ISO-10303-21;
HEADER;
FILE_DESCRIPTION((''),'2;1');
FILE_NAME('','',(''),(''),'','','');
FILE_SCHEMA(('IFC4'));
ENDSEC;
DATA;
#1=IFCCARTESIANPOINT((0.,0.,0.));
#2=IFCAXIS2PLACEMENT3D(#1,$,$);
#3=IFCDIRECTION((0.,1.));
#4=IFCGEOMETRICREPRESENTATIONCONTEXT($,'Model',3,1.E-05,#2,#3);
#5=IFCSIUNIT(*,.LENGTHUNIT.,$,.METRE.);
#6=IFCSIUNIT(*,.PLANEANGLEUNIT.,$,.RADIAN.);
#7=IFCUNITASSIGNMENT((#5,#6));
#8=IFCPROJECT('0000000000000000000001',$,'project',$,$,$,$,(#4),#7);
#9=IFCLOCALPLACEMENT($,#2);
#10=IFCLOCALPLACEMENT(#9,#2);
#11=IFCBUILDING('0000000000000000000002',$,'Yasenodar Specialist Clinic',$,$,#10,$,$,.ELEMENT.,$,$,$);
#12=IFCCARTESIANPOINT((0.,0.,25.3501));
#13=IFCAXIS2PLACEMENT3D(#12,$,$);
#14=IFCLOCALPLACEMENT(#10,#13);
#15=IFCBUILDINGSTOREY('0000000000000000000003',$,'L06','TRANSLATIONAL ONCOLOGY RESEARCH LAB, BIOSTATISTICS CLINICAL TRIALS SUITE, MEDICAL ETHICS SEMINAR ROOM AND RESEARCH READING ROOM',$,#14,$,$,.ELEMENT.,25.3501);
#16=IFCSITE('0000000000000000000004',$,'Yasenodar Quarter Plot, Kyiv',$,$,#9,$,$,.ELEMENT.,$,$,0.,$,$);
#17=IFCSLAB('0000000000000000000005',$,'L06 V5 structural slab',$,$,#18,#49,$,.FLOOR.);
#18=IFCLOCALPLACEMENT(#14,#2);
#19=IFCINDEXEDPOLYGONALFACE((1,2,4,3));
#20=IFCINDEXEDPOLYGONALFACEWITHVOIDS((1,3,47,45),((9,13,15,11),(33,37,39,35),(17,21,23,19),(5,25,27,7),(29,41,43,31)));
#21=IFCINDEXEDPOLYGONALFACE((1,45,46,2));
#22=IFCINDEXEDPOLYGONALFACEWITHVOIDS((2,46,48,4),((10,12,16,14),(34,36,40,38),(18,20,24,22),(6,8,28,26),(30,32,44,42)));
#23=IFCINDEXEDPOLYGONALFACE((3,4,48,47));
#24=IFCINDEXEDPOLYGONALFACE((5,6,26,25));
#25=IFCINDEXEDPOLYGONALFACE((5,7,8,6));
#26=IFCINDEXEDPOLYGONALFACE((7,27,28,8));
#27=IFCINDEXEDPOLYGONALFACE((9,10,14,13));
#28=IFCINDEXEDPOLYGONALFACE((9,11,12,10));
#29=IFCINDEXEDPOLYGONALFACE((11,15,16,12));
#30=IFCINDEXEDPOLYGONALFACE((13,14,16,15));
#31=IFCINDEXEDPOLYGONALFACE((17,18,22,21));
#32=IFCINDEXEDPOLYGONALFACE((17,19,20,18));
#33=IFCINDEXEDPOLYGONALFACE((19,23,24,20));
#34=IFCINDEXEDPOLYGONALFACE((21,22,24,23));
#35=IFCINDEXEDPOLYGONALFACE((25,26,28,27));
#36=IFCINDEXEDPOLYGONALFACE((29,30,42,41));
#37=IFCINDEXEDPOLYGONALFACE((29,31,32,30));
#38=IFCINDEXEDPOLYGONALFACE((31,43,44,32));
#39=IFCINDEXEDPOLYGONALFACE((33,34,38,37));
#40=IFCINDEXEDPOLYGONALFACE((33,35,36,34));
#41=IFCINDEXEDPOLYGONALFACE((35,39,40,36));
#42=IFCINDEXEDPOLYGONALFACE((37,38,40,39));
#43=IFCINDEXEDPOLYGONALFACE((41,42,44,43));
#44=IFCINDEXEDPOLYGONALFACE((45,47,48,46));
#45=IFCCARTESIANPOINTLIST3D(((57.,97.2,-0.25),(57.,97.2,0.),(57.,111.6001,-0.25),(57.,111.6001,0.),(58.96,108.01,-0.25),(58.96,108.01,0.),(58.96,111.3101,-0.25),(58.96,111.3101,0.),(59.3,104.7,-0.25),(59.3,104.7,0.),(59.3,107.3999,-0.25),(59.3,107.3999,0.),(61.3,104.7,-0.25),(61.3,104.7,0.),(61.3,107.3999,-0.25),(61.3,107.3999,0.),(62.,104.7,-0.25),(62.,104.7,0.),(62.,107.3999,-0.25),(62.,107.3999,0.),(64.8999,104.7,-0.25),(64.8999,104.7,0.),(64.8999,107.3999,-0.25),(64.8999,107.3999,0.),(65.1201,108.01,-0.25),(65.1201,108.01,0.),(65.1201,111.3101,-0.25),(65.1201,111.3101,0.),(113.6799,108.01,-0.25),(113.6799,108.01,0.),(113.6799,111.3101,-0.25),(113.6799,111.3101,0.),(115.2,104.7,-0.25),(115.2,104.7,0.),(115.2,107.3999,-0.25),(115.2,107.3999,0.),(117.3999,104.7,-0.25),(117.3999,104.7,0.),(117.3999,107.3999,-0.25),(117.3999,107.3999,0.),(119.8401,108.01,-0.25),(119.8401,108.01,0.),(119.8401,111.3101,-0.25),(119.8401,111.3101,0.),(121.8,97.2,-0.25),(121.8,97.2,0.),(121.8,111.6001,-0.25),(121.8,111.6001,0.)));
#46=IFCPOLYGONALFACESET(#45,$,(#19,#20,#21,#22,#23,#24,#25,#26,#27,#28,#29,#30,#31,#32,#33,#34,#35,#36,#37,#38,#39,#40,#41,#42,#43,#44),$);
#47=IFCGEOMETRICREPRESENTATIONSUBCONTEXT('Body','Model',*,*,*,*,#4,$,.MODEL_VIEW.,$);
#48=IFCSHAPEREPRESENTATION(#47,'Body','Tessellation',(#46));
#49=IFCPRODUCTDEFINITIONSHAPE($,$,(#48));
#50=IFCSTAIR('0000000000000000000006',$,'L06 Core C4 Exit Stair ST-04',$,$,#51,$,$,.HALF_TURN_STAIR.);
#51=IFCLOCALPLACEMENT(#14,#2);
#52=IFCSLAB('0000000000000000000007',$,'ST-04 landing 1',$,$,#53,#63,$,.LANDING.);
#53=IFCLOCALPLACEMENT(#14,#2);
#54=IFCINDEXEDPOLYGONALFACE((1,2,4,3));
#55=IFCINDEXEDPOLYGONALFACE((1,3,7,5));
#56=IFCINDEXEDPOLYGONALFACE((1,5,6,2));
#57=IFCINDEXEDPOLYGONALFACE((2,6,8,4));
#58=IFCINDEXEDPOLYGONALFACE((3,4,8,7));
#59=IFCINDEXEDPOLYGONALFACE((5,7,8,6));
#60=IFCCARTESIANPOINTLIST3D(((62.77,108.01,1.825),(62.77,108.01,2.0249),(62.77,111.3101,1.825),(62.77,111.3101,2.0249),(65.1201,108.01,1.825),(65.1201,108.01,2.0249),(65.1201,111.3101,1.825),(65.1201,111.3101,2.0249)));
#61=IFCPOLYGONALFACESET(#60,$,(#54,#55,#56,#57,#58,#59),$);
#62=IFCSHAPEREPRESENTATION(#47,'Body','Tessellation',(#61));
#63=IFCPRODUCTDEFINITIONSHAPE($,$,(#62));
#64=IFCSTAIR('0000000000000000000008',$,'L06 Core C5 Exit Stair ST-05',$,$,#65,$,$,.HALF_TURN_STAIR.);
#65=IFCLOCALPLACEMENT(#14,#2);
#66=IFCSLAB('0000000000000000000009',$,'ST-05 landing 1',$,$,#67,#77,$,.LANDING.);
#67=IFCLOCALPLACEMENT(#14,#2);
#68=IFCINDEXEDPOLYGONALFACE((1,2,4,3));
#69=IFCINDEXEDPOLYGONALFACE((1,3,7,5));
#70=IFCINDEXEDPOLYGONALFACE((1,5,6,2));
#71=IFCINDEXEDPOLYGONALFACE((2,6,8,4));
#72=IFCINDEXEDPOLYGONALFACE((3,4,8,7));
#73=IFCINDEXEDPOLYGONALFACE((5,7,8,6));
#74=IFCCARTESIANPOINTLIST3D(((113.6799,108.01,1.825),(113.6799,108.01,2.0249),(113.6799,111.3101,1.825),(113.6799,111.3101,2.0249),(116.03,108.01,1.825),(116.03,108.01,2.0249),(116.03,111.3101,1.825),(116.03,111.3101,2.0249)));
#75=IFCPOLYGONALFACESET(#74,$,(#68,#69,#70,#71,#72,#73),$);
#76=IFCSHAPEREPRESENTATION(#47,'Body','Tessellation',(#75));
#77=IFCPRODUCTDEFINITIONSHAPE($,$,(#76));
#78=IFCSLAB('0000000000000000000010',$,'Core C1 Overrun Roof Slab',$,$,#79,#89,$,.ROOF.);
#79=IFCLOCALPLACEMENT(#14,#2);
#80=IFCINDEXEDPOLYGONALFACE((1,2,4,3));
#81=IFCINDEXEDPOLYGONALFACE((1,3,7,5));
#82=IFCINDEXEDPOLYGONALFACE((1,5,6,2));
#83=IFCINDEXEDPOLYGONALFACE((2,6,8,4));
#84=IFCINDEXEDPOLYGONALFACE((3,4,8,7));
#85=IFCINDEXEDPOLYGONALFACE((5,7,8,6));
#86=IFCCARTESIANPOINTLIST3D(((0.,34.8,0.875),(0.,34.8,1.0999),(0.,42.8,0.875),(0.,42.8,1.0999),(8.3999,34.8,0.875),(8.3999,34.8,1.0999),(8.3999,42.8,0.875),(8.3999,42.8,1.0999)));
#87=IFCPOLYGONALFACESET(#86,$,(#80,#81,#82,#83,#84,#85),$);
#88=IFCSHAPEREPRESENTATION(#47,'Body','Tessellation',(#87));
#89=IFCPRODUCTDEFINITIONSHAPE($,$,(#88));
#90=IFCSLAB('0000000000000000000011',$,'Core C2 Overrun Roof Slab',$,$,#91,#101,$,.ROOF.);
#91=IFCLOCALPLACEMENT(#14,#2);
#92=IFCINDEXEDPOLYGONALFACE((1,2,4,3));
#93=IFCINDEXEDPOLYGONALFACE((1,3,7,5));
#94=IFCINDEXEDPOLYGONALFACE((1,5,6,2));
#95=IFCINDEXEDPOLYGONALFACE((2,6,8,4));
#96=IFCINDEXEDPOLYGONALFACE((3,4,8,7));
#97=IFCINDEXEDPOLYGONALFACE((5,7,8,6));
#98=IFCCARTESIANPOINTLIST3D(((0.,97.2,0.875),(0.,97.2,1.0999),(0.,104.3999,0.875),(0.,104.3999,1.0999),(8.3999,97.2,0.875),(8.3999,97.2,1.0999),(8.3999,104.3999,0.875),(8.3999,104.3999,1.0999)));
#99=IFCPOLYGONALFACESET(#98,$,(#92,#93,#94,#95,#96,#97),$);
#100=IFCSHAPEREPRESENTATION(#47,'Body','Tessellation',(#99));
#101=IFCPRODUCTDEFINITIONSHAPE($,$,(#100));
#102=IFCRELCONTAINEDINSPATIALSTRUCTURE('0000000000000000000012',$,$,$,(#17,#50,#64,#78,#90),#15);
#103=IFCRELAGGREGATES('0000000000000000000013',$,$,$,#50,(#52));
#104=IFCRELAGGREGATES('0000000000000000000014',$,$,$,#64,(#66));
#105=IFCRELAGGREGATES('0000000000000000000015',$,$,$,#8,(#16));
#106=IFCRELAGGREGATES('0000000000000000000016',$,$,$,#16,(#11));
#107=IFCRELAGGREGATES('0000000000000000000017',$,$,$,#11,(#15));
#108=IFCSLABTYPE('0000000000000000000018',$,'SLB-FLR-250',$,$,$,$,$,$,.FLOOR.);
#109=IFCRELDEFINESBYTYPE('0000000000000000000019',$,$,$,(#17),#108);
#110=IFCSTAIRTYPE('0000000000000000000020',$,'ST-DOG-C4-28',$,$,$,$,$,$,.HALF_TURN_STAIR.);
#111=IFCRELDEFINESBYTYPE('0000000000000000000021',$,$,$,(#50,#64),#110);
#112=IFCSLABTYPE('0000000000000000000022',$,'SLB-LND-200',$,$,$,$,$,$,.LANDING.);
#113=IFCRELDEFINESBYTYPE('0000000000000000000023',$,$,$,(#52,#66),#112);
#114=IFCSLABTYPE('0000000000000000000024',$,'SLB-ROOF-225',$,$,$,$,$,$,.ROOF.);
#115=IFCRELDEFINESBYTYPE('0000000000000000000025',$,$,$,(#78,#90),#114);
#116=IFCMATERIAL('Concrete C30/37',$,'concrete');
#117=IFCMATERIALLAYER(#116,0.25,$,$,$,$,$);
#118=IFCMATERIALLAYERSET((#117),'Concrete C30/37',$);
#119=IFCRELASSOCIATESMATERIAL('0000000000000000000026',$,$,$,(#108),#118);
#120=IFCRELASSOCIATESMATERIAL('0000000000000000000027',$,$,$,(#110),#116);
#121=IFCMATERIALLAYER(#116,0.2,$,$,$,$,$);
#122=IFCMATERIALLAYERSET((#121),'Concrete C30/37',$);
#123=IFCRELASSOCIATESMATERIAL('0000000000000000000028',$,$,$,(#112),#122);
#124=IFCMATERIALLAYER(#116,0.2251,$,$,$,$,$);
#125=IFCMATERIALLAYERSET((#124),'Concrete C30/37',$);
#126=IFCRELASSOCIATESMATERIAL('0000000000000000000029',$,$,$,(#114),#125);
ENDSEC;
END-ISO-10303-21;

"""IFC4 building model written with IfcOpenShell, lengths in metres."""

from ifc_helpers import new_model, si_unit, direction, frame, origin, place, context, subcontext, project, spatial, polyline, outline, extrude, material, layer, layer_set, type_object, element, aggregate, save


model = new_model("IFC4")

# Units and contexts
model_context = context("Model", 3, precision=1e-05, world=origin(), true_north=direction((0.0, 1.0)))
body_context = subcontext(model_context, "Body", "Model", "MODEL_VIEW")
ifc_project = project(units=[si_unit("LENGTHUNIT", "METRE"), si_unit("PLANEANGLEUNIT", "RADIAN")], contexts=[model_context])

# Site, building, storey
site_placement = place(None, origin())
site = spatial("IfcSite", under=ifc_project, at=site_placement, Name="Yasenodar Quarter Plot, Kyiv", CompositionType="ELEMENT", RefElevation=0.0)
building_placement = place(site_placement, origin())
building = spatial("IfcBuilding", under=site, at=building_placement, Name="Yasenodar Specialist Clinic", CompositionType="ELEMENT")
storey_placement = place(building_placement, frame((0.0, 0.0, 25.3501)))
storey = spatial("IfcBuildingStorey", under=building, at=storey_placement, Name="L06", Description="TRANSLATIONAL ONCOLOGY RESEARCH LAB, BIOSTATISTICS CLINICAL TRIALS SUITE, MEDICAL ETHICS SEMINAR ROOM AND RESEARCH READING ROOM", CompositionType="ELEMENT", Elevation=25.3501)

# Slab
ifc_material_1 = material(Name="Concrete C30/37", Category="concrete")
ifc_layer_1 = layer(ifc_material_1, 0.25)
ifc_layer_set_1 = layer_set([ifc_layer_1], Name="Concrete C30/37")
slab_type_1 = type_object("IfcSlabType", Name="SLB-FLR-250", PredefinedType="FLOOR", material=ifc_layer_set_1)
slab_1_placement = place(storey_placement, frame((0.0, 0.0, -0.25)))
element("IfcSlab", 1, at=slab_1_placement, inside=storey, type_object=slab_type_1, Name="L06 V5 structural slab", PredefinedType="FLOOR", context=body_context, shape_type="SweptSolid", body=[
    extrude(outline(polyline([(57.0, 97.2), (121.8, 97.2), (121.8, 111.6001), (57.0, 111.6001), (57.0, 97.2)]), holes=[polyline([(58.96, 108.01), (65.1201, 108.01), (65.1201, 111.3101), (58.96, 111.3101), (58.96, 108.01)]), polyline([(113.6799, 108.01), (119.8401, 108.01), (119.8401, 111.3101), (113.6799, 111.3101), (113.6799, 108.01)]), polyline([(59.3, 104.7), (61.3, 104.7), (61.3, 107.3999), (59.3, 107.3999), (59.3, 104.7)]), polyline([(62.0, 104.7), (64.8999, 104.7), (64.8999, 107.3999), (62.0, 107.3999), (62.0, 104.7)]), polyline([(115.2, 104.7), (117.3999, 104.7), (117.3999, 107.3999), (115.2, 107.3999), (115.2, 104.7)])]), origin(), (0.0, 0.0, 1.0), 0.25),
])

# Stairs, slabs
stair_type = type_object("IfcStairType", Name="ST-DOG-C4-28", PredefinedType="HALF_TURN_STAIR", material=ifc_material_1)
stair_1_placement = place(storey_placement, origin())
stair_1 = element("IfcStair", 2, at=stair_1_placement, inside=storey, type_object=stair_type, Name="L06 Core C4 Exit Stair ST-04", PredefinedType="HALF_TURN_STAIR")
ifc_layer_2 = layer(ifc_material_1, 0.2)
ifc_layer_set_2 = layer_set([ifc_layer_2], Name="Concrete C30/37")
slab_type_2 = type_object("IfcSlabType", Name="SLB-LND-200", PredefinedType="LANDING", material=ifc_layer_set_2)
slab_2_placement = place(storey_placement, frame((0.0, 0.0, 1.825)))
slab_2 = element("IfcSlab", 3, at=slab_2_placement, type_object=slab_type_2, Name="ST-04 landing 1", PredefinedType="LANDING", context=body_context, shape_type="SweptSolid", body=[
    extrude(outline(polyline([(62.77, 108.01), (65.1201, 108.01), (65.1201, 111.3101), (62.77, 111.3101), (62.77, 108.01)])), origin(), (0.0, 0.0, 1.0), 0.2),
])
aggregate(stair_1, [slab_2])
stair_2_placement = place(storey_placement, origin())
stair_2 = element("IfcStair", 4, at=stair_2_placement, inside=storey, type_object=stair_type, Name="L06 Core C5 Exit Stair ST-05", PredefinedType="HALF_TURN_STAIR")
slab_3_placement = place(storey_placement, frame((0.0, 0.0, 1.825)))
slab_3 = element("IfcSlab", 5, at=slab_3_placement, type_object=slab_type_2, Name="ST-05 landing 1", PredefinedType="LANDING", context=body_context, shape_type="SweptSolid", body=[
    extrude(outline(polyline([(116.03, 111.3101), (113.6799, 111.3101), (113.6799, 108.01), (116.03, 108.01), (116.03, 111.3101)])), origin(), (0.0, 0.0, 1.0), 0.2),
])
aggregate(stair_2, [slab_3])

# Slabs
ifc_layer_3 = layer(ifc_material_1, 0.2251)
ifc_layer_set_3 = layer_set([ifc_layer_3], Name="Concrete C30/37")
slab_type_3 = type_object("IfcSlabType", Name="SLB-ROOF-225", PredefinedType="ROOF", material=ifc_layer_set_3)
slab_4_placement = place(storey_placement, frame((0.0, 0.0, 0.875)))
element("IfcSlab", 6, at=slab_4_placement, inside=storey, type_object=slab_type_3, Name="Core C1 Overrun Roof Slab", PredefinedType="ROOF", context=body_context, shape_type="SweptSolid", body=[
    extrude(outline(polyline([(0.0, 34.8), (8.3999, 34.8), (8.3999, 42.8), (0.0, 42.8), (0.0, 34.8)])), origin(), (0.0, 0.0, 1.0), 0.2249),
])
slab_5_placement = place(storey_placement, frame((0.0, 0.0, 0.875)))
element("IfcSlab", 7, at=slab_5_placement, inside=storey, type_object=slab_type_3, Name="Core C2 Overrun Roof Slab", PredefinedType="ROOF", context=body_context, shape_type="SweptSolid", body=[
    extrude(outline(polyline([(0.0, 97.2), (8.3999, 97.2), (8.3999, 104.3999), (0.0, 104.3999), (0.0, 97.2)])), origin(), (0.0, 0.0, 1.0), 0.2249),
])

save(model, "model.ifc")
